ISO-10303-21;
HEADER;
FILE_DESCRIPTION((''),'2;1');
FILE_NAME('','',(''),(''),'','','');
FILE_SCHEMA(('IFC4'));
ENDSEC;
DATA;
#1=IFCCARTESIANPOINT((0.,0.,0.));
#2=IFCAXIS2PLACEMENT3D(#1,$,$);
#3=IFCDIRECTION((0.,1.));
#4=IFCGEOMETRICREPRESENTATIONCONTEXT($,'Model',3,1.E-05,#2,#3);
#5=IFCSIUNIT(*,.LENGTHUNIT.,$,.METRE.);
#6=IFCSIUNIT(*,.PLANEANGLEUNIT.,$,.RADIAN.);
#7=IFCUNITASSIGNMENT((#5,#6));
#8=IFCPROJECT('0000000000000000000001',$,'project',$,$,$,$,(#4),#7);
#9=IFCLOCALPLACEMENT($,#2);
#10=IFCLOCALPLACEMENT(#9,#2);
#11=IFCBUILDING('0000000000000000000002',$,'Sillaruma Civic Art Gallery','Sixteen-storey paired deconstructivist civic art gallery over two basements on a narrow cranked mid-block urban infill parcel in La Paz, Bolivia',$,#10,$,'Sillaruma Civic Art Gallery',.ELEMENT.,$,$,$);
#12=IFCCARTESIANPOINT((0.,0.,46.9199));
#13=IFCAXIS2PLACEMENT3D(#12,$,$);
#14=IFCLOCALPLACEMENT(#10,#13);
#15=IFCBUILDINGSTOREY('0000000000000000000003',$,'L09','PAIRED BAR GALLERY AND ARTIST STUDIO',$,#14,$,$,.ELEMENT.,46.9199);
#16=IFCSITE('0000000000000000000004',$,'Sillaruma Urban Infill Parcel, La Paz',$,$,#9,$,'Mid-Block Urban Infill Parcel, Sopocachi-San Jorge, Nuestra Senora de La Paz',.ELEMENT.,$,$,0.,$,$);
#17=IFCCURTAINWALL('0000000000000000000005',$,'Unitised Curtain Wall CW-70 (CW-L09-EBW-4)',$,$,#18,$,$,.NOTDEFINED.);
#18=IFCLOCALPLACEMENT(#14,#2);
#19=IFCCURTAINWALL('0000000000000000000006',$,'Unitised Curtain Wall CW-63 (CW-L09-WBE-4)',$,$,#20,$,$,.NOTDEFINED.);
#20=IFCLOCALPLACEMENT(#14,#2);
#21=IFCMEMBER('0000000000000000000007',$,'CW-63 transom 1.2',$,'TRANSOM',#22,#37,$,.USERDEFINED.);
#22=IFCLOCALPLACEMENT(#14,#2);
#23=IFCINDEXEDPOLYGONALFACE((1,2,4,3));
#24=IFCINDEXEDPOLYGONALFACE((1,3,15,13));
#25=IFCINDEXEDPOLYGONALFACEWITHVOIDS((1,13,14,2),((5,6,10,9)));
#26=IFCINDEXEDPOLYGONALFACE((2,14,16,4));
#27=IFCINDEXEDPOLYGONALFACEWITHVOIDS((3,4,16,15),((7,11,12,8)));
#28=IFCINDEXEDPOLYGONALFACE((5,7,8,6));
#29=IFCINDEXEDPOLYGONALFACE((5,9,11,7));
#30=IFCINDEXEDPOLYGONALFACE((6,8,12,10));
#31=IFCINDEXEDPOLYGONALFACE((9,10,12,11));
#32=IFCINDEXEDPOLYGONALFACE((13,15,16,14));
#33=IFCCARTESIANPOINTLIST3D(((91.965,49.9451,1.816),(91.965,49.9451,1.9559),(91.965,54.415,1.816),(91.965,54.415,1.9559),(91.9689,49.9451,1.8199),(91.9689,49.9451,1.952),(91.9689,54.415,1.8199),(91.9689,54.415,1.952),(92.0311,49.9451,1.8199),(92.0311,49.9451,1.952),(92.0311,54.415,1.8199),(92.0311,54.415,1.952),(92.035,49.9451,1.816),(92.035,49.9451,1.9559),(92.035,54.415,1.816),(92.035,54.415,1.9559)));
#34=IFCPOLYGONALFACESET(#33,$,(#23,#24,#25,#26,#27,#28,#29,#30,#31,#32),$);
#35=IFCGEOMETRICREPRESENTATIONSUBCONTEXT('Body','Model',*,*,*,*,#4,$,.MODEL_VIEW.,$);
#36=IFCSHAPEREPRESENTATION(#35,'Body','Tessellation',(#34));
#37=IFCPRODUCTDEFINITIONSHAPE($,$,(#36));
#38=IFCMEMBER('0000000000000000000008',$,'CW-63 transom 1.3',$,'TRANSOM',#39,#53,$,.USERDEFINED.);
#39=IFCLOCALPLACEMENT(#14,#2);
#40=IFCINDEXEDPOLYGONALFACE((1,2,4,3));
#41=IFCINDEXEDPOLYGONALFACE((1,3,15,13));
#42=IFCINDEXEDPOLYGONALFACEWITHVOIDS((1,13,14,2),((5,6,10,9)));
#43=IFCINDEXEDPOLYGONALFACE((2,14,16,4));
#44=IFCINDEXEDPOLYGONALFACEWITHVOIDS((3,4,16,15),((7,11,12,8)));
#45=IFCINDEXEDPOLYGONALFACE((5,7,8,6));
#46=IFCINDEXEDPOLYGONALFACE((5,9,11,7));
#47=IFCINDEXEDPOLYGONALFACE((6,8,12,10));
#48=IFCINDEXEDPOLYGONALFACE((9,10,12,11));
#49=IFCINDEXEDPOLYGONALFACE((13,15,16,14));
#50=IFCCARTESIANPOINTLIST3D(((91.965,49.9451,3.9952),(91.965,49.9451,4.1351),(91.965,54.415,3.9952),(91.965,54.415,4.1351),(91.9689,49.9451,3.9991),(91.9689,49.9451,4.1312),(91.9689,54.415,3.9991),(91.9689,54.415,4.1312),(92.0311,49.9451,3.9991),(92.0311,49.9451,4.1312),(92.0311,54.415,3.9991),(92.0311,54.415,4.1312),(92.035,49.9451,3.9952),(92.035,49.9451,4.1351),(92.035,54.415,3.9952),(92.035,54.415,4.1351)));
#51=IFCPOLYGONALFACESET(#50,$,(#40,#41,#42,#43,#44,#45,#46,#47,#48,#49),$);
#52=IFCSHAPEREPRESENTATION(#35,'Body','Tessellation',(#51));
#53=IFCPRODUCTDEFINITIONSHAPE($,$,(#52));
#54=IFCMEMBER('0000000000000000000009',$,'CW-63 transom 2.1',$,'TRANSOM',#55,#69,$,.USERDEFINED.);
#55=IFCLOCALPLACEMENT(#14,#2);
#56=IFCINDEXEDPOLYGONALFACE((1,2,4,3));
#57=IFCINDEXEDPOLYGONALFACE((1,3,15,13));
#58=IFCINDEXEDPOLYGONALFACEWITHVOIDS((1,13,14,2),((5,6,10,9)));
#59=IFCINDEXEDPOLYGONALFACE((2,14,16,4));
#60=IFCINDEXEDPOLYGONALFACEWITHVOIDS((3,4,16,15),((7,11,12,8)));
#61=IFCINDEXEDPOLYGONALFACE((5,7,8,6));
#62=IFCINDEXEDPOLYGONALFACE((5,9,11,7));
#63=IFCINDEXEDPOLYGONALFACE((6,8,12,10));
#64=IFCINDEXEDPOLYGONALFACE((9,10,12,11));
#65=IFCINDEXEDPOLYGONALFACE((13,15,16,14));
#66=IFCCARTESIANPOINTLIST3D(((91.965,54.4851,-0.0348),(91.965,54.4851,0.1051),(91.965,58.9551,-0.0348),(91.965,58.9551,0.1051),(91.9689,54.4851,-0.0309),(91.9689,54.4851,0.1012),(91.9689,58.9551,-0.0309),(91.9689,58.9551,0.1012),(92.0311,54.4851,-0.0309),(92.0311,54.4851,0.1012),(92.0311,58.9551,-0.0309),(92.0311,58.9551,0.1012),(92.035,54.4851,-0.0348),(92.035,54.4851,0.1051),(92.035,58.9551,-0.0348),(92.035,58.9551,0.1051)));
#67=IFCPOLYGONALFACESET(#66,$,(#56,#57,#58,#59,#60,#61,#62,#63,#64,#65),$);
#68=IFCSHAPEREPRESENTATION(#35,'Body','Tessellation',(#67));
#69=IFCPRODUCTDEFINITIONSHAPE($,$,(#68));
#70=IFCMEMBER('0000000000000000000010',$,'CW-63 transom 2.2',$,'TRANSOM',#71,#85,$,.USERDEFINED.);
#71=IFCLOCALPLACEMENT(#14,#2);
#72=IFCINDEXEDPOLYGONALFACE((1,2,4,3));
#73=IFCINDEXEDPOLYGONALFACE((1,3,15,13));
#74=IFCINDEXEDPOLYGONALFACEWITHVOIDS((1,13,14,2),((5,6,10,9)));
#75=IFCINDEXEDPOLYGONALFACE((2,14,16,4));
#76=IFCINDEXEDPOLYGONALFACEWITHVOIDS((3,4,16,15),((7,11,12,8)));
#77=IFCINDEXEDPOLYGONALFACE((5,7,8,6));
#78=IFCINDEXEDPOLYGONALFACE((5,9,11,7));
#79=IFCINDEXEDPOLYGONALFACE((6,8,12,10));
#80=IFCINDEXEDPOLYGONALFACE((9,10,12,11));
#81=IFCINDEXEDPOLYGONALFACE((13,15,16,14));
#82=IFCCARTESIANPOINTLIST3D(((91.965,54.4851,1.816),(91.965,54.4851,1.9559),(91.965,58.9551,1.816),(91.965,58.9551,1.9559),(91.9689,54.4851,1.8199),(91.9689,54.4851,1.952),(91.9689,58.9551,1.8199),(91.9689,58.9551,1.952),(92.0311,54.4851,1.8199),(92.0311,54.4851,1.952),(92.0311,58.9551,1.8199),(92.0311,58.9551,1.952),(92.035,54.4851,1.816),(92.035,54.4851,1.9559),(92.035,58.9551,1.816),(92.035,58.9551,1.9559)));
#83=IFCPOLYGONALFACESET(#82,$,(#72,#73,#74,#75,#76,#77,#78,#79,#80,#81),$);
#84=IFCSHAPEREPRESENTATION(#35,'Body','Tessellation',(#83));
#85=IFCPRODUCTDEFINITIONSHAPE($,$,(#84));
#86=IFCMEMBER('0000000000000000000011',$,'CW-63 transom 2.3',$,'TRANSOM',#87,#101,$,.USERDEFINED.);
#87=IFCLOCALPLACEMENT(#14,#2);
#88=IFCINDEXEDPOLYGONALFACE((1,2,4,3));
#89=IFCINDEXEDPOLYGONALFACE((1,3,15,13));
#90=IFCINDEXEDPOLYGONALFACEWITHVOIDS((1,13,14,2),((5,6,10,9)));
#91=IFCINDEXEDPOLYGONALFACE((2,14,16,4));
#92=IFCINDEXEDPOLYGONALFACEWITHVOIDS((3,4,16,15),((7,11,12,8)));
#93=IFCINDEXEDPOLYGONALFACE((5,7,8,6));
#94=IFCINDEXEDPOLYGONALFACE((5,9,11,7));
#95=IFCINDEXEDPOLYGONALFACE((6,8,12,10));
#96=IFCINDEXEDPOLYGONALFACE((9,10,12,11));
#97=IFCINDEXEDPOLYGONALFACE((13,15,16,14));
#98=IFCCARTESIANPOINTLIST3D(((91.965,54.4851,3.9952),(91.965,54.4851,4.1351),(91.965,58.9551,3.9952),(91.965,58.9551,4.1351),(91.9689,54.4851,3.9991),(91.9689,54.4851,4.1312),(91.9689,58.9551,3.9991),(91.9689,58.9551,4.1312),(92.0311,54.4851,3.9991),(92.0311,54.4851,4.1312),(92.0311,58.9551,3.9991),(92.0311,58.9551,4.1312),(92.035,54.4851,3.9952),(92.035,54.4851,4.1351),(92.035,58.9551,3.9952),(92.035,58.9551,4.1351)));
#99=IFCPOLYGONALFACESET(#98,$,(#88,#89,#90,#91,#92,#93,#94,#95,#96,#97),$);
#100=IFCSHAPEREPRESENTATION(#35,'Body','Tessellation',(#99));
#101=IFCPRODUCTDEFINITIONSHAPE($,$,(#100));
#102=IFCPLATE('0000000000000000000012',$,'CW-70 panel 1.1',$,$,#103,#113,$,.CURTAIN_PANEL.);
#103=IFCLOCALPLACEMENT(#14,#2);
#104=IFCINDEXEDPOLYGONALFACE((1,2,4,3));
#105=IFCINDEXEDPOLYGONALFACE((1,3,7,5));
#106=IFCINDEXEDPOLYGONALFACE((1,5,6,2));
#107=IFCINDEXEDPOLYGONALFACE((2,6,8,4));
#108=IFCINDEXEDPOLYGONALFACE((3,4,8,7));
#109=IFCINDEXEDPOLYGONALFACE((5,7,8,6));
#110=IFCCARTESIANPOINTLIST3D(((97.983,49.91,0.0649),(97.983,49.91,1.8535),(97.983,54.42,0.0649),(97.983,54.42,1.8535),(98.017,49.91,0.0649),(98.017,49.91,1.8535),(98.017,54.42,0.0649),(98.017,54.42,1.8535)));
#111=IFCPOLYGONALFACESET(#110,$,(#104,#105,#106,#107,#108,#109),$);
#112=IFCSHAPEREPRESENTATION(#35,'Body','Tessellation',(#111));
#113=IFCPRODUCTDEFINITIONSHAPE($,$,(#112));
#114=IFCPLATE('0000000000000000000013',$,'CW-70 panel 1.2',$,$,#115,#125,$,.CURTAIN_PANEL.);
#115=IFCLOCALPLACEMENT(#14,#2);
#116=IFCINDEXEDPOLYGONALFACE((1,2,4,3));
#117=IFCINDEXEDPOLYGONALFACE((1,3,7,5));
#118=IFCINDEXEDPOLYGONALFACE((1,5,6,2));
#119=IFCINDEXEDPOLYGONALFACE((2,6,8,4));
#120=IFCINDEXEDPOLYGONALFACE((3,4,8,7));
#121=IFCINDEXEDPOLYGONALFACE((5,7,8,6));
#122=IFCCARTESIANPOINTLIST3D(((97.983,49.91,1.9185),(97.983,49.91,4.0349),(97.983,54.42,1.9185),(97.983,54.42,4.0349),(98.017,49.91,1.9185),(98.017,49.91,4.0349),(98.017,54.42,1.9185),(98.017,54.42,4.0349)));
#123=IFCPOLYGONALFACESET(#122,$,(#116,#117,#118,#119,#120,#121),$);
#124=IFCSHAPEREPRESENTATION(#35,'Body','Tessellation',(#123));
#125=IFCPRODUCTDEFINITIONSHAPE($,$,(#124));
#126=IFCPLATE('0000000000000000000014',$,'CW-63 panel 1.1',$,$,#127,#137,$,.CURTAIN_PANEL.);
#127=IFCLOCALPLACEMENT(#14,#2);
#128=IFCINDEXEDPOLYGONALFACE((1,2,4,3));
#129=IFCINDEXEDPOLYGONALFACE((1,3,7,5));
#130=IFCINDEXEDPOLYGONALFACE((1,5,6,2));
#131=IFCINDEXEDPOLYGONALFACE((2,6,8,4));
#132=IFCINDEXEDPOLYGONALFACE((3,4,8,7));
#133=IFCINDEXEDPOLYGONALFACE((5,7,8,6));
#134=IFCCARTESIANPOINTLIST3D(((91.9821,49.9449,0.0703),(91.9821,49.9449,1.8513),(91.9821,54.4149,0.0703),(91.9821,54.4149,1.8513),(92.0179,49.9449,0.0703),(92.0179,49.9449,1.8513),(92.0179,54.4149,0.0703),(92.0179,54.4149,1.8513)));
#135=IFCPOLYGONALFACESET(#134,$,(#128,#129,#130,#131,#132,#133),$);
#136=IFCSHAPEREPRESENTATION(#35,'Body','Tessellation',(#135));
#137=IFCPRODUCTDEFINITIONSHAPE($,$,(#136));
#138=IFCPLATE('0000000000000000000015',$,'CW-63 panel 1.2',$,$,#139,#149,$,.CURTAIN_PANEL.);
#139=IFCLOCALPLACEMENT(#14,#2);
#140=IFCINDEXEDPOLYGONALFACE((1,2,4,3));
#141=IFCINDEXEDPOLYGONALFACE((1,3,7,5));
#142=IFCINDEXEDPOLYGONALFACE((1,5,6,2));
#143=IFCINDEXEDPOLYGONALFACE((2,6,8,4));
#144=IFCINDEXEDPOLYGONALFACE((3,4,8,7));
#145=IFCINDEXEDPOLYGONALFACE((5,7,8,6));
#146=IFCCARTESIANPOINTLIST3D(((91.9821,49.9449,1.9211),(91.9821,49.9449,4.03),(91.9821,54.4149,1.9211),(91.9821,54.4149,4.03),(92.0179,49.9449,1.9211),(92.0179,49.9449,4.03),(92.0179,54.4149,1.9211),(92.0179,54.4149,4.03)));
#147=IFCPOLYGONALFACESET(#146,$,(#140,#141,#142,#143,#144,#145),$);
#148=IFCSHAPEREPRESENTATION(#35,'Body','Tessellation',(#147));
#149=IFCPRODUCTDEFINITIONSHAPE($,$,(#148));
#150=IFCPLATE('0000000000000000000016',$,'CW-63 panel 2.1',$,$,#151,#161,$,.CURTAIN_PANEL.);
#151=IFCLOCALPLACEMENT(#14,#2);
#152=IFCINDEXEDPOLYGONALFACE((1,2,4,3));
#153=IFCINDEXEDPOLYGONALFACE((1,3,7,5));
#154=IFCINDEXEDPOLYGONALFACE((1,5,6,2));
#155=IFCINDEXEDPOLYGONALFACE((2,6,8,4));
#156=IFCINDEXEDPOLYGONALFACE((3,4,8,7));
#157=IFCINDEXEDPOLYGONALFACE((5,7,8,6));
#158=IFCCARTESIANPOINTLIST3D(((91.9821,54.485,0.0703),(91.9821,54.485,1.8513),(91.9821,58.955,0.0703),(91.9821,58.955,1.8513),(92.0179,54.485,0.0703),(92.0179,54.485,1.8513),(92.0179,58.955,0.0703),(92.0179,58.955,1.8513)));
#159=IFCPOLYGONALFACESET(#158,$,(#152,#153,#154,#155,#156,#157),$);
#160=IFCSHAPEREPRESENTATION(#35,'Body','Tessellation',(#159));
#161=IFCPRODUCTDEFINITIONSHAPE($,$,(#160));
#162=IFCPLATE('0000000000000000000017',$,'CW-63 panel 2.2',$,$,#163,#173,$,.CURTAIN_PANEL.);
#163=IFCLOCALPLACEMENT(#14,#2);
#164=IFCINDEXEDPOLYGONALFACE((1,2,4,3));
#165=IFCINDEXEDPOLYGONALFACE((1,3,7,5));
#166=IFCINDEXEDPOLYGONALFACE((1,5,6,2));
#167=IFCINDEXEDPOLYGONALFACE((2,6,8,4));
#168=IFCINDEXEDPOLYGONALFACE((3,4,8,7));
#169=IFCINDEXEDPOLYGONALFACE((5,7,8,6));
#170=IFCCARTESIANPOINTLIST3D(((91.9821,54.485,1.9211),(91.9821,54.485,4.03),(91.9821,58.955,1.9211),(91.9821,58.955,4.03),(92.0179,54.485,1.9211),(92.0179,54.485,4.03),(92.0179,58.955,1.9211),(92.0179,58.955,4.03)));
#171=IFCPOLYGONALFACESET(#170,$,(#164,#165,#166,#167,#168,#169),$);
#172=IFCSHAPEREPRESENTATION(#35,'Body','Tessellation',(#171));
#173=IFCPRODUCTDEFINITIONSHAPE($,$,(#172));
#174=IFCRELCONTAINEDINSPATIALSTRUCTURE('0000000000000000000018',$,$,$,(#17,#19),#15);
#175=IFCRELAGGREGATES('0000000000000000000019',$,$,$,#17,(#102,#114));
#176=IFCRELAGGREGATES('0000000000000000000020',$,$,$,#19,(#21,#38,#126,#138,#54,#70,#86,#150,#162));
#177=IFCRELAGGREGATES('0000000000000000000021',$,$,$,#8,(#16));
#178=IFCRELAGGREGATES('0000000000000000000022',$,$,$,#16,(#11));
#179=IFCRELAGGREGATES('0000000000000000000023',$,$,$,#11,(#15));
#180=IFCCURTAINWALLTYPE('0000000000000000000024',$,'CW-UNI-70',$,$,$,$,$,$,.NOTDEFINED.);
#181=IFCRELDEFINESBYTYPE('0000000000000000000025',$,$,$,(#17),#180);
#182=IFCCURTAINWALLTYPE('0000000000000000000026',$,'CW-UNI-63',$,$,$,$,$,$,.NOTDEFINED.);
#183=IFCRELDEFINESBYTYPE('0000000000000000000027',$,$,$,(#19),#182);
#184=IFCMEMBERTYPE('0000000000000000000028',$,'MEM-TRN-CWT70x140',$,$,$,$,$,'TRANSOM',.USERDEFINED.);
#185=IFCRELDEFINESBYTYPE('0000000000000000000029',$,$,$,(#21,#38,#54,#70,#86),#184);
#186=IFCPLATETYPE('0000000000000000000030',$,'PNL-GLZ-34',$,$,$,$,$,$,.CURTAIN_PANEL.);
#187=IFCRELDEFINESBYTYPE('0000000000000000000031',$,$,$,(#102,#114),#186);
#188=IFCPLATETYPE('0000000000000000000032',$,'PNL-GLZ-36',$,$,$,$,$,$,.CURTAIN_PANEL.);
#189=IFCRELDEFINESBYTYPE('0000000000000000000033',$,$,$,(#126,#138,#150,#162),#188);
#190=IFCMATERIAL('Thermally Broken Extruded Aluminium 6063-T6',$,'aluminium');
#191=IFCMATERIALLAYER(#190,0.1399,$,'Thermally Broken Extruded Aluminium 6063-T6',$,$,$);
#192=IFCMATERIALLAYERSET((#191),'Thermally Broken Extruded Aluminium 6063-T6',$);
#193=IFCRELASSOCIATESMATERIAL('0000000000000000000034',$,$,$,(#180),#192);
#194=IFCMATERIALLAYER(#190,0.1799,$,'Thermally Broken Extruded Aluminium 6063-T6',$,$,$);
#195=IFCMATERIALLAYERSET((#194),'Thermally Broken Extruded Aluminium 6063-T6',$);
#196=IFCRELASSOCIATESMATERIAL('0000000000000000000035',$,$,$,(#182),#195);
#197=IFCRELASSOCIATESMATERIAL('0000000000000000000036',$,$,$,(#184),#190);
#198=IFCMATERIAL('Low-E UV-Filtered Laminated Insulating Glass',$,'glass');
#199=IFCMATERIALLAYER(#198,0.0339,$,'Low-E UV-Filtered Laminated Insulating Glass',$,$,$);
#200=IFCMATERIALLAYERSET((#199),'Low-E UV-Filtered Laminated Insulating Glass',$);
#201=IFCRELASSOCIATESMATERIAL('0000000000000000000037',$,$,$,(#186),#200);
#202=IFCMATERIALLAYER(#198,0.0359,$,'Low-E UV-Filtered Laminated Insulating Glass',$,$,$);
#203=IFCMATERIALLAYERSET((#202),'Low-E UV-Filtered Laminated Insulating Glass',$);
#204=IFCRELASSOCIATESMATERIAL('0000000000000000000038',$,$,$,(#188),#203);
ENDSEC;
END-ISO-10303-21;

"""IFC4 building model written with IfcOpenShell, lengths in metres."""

from ifc_helpers import new_model, si_unit, direction, frame, origin, origin_2d, place, context, subcontext, project, spatial, rectangle, hollow_rectangle, extrude, material, layer, layer_set, material_profile, profile_set, type_object, element, aggregate, save


model = new_model("IFC4")

# Units and contexts
model_context = context("Model", 3, precision=1e-05, world=origin(), true_north=direction((0.0, 1.0)))
body_context = subcontext(model_context, "Body", "Model", "MODEL_VIEW")
ifc_project = project(units=[si_unit("LENGTHUNIT", "METRE"), si_unit("PLANEANGLEUNIT", "RADIAN")], contexts=[model_context])

# Site, building, storey
site_placement = place(None, origin())
site = spatial("IfcSite", under=ifc_project, at=site_placement, Name="Sillaruma Urban Infill Parcel, La Paz", LongName="Mid-Block Urban Infill Parcel, Sopocachi-San Jorge, Nuestra Senora de La Paz", CompositionType="ELEMENT", RefElevation=0.0)
building_placement = place(site_placement, origin())
building = spatial("IfcBuilding", under=site, at=building_placement, Name="Sillaruma Civic Art Gallery", Description="Sixteen-storey paired deconstructivist civic art gallery over two basements on a narrow cranked mid-block urban infill parcel in La Paz, Bolivia", LongName="Sillaruma Civic Art Gallery", CompositionType="ELEMENT")
storey_placement = place(building_placement, frame((0.0, 0.0, 46.9199)))
storey = spatial("IfcBuildingStorey", under=building, at=storey_placement, Name="L09", Description="PAIRED BAR GALLERY AND ARTIST STUDIO", CompositionType="ELEMENT", Elevation=46.9199)

# Curtain walls
ifc_material_1 = material(Name="Thermally Broken Extruded Aluminium 6063-T6", Category="aluminium")
ifc_layer_1 = layer(ifc_material_1, 0.1399, Name="Thermally Broken Extruded Aluminium 6063-T6")
ifc_layer_set_1 = layer_set([ifc_layer_1], Name="Thermally Broken Extruded Aluminium 6063-T6")
curtain_wall_type_1 = type_object("IfcCurtainWallType", Name="CW-UNI-70", PredefinedType="NOTDEFINED", material=ifc_layer_set_1)
curtain_wall_1_placement = place(storey_placement, origin())
curtain_wall_1 = element("IfcCurtainWall", 1, at=curtain_wall_1_placement, inside=storey, type_object=curtain_wall_type_1, Name="Unitised Curtain Wall CW-70 (CW-L09-EBW-4)", PredefinedType="NOTDEFINED")
ifc_layer_2 = layer(ifc_material_1, 0.1799, Name="Thermally Broken Extruded Aluminium 6063-T6")
ifc_layer_set_2 = layer_set([ifc_layer_2], Name="Thermally Broken Extruded Aluminium 6063-T6")
curtain_wall_type_2 = type_object("IfcCurtainWallType", Name="CW-UNI-63", PredefinedType="NOTDEFINED", material=ifc_layer_set_2)
curtain_wall_2_placement = place(storey_placement, origin())
curtain_wall_2 = element("IfcCurtainWall", 2, at=curtain_wall_2_placement, inside=storey, type_object=curtain_wall_type_2, Name="Unitised Curtain Wall CW-63 (CW-L09-WBE-4)", PredefinedType="NOTDEFINED")

# Members
ifc_material_profile_1 = material_profile(ifc_material_1, hollow_rectangle(XDim=0.0701, YDim=0.1399, WallThickness=0.0039, at=origin_2d()), Name="CWT70x140")
ifc_profile_set_1 = profile_set([ifc_material_profile_1], Name="Thermally Broken Extruded Aluminium 6063-T6")
member_type_1 = type_object("IfcMemberType", Name="MEM-TRN-CWT70x140", ElementType="TRANSOM", PredefinedType="USERDEFINED", material=ifc_profile_set_1)
member_1_placement = place(storey_placement, frame((92.0, 49.9451, 1.886), z_axis=(0.0, 1.0, 0.0), x_axis=(-1.0, 0.0, 0.0)))
member_1 = element("IfcMember", 3, at=member_1_placement, type_object=member_type_1, Name="CW-63 transom 1.2", ObjectType="TRANSOM", PredefinedType="USERDEFINED", context=body_context, shape_type="SweptSolid", body=[
    extrude(hollow_rectangle(XDim=0.0701, YDim=0.1399, WallThickness=0.0039, at=origin_2d()), origin(), (0.0, 0.0, 1.0), 4.47),
])
member_2_placement = place(storey_placement, frame((92.0, 49.9451, 4.0652), z_axis=(0.0, 1.0, 0.0), x_axis=(-1.0, 0.0, 0.0)))
member_2 = element("IfcMember", 4, at=member_2_placement, type_object=member_type_1, Name="CW-63 transom 1.3", ObjectType="TRANSOM", PredefinedType="USERDEFINED", context=body_context, shape_type="SweptSolid", body=[
    extrude(hollow_rectangle(XDim=0.0701, YDim=0.1399, WallThickness=0.0039, at=origin_2d()), origin(), (0.0, 0.0, 1.0), 4.47),
])
member_3_placement = place(storey_placement, frame((92.0, 54.4851, 0.0352), z_axis=(0.0, 1.0, 0.0), x_axis=(-1.0, 0.0, 0.0)))
member_3 = element("IfcMember", 5, at=member_3_placement, type_object=member_type_1, Name="CW-63 transom 2.1", ObjectType="TRANSOM", PredefinedType="USERDEFINED", context=body_context, shape_type="SweptSolid", body=[
    extrude(hollow_rectangle(XDim=0.0701, YDim=0.1399, WallThickness=0.0039, at=origin_2d()), origin(), (0.0, 0.0, 1.0), 4.47),
])
member_4_placement = place(storey_placement, frame((92.0, 54.4851, 1.886), z_axis=(0.0, 1.0, 0.0), x_axis=(-1.0, 0.0, 0.0)))
member_4 = element("IfcMember", 6, at=member_4_placement, type_object=member_type_1, Name="CW-63 transom 2.2", ObjectType="TRANSOM", PredefinedType="USERDEFINED", context=body_context, shape_type="SweptSolid", body=[
    extrude(hollow_rectangle(XDim=0.0701, YDim=0.1399, WallThickness=0.0039, at=origin_2d()), origin(), (0.0, 0.0, 1.0), 4.47),
])
member_5_placement = place(storey_placement, frame((92.0, 54.4851, 4.0652), z_axis=(0.0, 1.0, 0.0), x_axis=(-1.0, 0.0, 0.0)))
member_5 = element("IfcMember", 7, at=member_5_placement, type_object=member_type_1, Name="CW-63 transom 2.3", ObjectType="TRANSOM", PredefinedType="USERDEFINED", context=body_context, shape_type="SweptSolid", body=[
    extrude(hollow_rectangle(XDim=0.0701, YDim=0.1399, WallThickness=0.0039, at=origin_2d()), origin(), (0.0, 0.0, 1.0), 4.47),
])

# Plates
ifc_material_2 = material(Name="Low-E UV-Filtered Laminated Insulating Glass", Category="glass")
ifc_layer_3 = layer(ifc_material_2, 0.0339, Name="Low-E UV-Filtered Laminated Insulating Glass")
ifc_layer_set_3 = layer_set([ifc_layer_3], Name="Low-E UV-Filtered Laminated Insulating Glass")
plate_type_1 = type_object("IfcPlateType", Name="PNL-GLZ-34", PredefinedType="CURTAIN_PANEL", material=ifc_layer_set_3)
plate_1_placement = place(storey_placement, frame((98.0, 52.165, 0.0649), z_axis=(0.0, 0.0, 1.0), x_axis=(0.0, 1.0, 0.0)))
plate_1 = element("IfcPlate", 8, at=plate_1_placement, type_object=plate_type_1, Name="CW-70 panel 1.1", PredefinedType="CURTAIN_PANEL", context=body_context, shape_type="SweptSolid", body=[
    extrude(rectangle(XDim=4.51, YDim=0.0339, at=origin_2d()), origin(), (0.0, 0.0, 1.0), 1.7886),
])
plate_2_placement = place(storey_placement, frame((98.0, 52.165, 1.9185), z_axis=(0.0, 0.0, 1.0), x_axis=(0.0, 1.0, 0.0)))
plate_2 = element("IfcPlate", 9, at=plate_2_placement, type_object=plate_type_1, Name="CW-70 panel 1.2", PredefinedType="CURTAIN_PANEL", context=body_context, shape_type="SweptSolid", body=[
    extrude(rectangle(XDim=4.51, YDim=0.0339, at=origin_2d()), origin(), (0.0, 0.0, 1.0), 2.1165),
])
aggregate(curtain_wall_1, [plate_1, plate_2])
ifc_layer_4 = layer(ifc_material_2, 0.0359, Name="Low-E UV-Filtered Laminated Insulating Glass")
ifc_layer_set_4 = layer_set([ifc_layer_4], Name="Low-E UV-Filtered Laminated Insulating Glass")
plate_type_2 = type_object("IfcPlateType", Name="PNL-GLZ-36", PredefinedType="CURTAIN_PANEL", material=ifc_layer_set_4)
plate_3_placement = place(storey_placement, frame((92.0, 52.1799, 0.0703), z_axis=(0.0, 0.0, 1.0), x_axis=(0.0, 1.0, 0.0)))
plate_3 = element("IfcPlate", 10, at=plate_3_placement, type_object=plate_type_2, Name="CW-63 panel 1.1", PredefinedType="CURTAIN_PANEL", context=body_context, shape_type="SweptSolid", body=[
    extrude(rectangle(XDim=4.47, YDim=0.0359, at=origin_2d()), origin(), (0.0, 0.0, 1.0), 1.781),
])
plate_4_placement = place(storey_placement, frame((92.0, 52.1799, 1.9211), z_axis=(0.0, 0.0, 1.0), x_axis=(0.0, 1.0, 0.0)))
plate_4 = element("IfcPlate", 11, at=plate_4_placement, type_object=plate_type_2, Name="CW-63 panel 1.2", PredefinedType="CURTAIN_PANEL", context=body_context, shape_type="SweptSolid", body=[
    extrude(rectangle(XDim=4.47, YDim=0.0359, at=origin_2d()), origin(), (0.0, 0.0, 1.0), 2.1089),
])
plate_5_placement = place(storey_placement, frame((92.0, 56.72, 0.0703), z_axis=(0.0, 0.0, 1.0), x_axis=(0.0, 1.0, 0.0)))
plate_5 = element("IfcPlate", 12, at=plate_5_placement, type_object=plate_type_2, Name="CW-63 panel 2.1", PredefinedType="CURTAIN_PANEL", context=body_context, shape_type="SweptSolid", body=[
    extrude(rectangle(XDim=4.47, YDim=0.0359, at=origin_2d()), origin(), (0.0, 0.0, 1.0), 1.781),
])
plate_6_placement = place(storey_placement, frame((92.0, 56.72, 1.9211), z_axis=(0.0, 0.0, 1.0), x_axis=(0.0, 1.0, 0.0)))
plate_6 = element("IfcPlate", 13, at=plate_6_placement, type_object=plate_type_2, Name="CW-63 panel 2.2", PredefinedType="CURTAIN_PANEL", context=body_context, shape_type="SweptSolid", body=[
    extrude(rectangle(XDim=4.47, YDim=0.0359, at=origin_2d()), origin(), (0.0, 0.0, 1.0), 2.1089),
])
aggregate(curtain_wall_2, [member_1, member_2, plate_3, plate_4, member_3, member_4, member_5, plate_5, plate_6])

save(model, "model.ifc")
